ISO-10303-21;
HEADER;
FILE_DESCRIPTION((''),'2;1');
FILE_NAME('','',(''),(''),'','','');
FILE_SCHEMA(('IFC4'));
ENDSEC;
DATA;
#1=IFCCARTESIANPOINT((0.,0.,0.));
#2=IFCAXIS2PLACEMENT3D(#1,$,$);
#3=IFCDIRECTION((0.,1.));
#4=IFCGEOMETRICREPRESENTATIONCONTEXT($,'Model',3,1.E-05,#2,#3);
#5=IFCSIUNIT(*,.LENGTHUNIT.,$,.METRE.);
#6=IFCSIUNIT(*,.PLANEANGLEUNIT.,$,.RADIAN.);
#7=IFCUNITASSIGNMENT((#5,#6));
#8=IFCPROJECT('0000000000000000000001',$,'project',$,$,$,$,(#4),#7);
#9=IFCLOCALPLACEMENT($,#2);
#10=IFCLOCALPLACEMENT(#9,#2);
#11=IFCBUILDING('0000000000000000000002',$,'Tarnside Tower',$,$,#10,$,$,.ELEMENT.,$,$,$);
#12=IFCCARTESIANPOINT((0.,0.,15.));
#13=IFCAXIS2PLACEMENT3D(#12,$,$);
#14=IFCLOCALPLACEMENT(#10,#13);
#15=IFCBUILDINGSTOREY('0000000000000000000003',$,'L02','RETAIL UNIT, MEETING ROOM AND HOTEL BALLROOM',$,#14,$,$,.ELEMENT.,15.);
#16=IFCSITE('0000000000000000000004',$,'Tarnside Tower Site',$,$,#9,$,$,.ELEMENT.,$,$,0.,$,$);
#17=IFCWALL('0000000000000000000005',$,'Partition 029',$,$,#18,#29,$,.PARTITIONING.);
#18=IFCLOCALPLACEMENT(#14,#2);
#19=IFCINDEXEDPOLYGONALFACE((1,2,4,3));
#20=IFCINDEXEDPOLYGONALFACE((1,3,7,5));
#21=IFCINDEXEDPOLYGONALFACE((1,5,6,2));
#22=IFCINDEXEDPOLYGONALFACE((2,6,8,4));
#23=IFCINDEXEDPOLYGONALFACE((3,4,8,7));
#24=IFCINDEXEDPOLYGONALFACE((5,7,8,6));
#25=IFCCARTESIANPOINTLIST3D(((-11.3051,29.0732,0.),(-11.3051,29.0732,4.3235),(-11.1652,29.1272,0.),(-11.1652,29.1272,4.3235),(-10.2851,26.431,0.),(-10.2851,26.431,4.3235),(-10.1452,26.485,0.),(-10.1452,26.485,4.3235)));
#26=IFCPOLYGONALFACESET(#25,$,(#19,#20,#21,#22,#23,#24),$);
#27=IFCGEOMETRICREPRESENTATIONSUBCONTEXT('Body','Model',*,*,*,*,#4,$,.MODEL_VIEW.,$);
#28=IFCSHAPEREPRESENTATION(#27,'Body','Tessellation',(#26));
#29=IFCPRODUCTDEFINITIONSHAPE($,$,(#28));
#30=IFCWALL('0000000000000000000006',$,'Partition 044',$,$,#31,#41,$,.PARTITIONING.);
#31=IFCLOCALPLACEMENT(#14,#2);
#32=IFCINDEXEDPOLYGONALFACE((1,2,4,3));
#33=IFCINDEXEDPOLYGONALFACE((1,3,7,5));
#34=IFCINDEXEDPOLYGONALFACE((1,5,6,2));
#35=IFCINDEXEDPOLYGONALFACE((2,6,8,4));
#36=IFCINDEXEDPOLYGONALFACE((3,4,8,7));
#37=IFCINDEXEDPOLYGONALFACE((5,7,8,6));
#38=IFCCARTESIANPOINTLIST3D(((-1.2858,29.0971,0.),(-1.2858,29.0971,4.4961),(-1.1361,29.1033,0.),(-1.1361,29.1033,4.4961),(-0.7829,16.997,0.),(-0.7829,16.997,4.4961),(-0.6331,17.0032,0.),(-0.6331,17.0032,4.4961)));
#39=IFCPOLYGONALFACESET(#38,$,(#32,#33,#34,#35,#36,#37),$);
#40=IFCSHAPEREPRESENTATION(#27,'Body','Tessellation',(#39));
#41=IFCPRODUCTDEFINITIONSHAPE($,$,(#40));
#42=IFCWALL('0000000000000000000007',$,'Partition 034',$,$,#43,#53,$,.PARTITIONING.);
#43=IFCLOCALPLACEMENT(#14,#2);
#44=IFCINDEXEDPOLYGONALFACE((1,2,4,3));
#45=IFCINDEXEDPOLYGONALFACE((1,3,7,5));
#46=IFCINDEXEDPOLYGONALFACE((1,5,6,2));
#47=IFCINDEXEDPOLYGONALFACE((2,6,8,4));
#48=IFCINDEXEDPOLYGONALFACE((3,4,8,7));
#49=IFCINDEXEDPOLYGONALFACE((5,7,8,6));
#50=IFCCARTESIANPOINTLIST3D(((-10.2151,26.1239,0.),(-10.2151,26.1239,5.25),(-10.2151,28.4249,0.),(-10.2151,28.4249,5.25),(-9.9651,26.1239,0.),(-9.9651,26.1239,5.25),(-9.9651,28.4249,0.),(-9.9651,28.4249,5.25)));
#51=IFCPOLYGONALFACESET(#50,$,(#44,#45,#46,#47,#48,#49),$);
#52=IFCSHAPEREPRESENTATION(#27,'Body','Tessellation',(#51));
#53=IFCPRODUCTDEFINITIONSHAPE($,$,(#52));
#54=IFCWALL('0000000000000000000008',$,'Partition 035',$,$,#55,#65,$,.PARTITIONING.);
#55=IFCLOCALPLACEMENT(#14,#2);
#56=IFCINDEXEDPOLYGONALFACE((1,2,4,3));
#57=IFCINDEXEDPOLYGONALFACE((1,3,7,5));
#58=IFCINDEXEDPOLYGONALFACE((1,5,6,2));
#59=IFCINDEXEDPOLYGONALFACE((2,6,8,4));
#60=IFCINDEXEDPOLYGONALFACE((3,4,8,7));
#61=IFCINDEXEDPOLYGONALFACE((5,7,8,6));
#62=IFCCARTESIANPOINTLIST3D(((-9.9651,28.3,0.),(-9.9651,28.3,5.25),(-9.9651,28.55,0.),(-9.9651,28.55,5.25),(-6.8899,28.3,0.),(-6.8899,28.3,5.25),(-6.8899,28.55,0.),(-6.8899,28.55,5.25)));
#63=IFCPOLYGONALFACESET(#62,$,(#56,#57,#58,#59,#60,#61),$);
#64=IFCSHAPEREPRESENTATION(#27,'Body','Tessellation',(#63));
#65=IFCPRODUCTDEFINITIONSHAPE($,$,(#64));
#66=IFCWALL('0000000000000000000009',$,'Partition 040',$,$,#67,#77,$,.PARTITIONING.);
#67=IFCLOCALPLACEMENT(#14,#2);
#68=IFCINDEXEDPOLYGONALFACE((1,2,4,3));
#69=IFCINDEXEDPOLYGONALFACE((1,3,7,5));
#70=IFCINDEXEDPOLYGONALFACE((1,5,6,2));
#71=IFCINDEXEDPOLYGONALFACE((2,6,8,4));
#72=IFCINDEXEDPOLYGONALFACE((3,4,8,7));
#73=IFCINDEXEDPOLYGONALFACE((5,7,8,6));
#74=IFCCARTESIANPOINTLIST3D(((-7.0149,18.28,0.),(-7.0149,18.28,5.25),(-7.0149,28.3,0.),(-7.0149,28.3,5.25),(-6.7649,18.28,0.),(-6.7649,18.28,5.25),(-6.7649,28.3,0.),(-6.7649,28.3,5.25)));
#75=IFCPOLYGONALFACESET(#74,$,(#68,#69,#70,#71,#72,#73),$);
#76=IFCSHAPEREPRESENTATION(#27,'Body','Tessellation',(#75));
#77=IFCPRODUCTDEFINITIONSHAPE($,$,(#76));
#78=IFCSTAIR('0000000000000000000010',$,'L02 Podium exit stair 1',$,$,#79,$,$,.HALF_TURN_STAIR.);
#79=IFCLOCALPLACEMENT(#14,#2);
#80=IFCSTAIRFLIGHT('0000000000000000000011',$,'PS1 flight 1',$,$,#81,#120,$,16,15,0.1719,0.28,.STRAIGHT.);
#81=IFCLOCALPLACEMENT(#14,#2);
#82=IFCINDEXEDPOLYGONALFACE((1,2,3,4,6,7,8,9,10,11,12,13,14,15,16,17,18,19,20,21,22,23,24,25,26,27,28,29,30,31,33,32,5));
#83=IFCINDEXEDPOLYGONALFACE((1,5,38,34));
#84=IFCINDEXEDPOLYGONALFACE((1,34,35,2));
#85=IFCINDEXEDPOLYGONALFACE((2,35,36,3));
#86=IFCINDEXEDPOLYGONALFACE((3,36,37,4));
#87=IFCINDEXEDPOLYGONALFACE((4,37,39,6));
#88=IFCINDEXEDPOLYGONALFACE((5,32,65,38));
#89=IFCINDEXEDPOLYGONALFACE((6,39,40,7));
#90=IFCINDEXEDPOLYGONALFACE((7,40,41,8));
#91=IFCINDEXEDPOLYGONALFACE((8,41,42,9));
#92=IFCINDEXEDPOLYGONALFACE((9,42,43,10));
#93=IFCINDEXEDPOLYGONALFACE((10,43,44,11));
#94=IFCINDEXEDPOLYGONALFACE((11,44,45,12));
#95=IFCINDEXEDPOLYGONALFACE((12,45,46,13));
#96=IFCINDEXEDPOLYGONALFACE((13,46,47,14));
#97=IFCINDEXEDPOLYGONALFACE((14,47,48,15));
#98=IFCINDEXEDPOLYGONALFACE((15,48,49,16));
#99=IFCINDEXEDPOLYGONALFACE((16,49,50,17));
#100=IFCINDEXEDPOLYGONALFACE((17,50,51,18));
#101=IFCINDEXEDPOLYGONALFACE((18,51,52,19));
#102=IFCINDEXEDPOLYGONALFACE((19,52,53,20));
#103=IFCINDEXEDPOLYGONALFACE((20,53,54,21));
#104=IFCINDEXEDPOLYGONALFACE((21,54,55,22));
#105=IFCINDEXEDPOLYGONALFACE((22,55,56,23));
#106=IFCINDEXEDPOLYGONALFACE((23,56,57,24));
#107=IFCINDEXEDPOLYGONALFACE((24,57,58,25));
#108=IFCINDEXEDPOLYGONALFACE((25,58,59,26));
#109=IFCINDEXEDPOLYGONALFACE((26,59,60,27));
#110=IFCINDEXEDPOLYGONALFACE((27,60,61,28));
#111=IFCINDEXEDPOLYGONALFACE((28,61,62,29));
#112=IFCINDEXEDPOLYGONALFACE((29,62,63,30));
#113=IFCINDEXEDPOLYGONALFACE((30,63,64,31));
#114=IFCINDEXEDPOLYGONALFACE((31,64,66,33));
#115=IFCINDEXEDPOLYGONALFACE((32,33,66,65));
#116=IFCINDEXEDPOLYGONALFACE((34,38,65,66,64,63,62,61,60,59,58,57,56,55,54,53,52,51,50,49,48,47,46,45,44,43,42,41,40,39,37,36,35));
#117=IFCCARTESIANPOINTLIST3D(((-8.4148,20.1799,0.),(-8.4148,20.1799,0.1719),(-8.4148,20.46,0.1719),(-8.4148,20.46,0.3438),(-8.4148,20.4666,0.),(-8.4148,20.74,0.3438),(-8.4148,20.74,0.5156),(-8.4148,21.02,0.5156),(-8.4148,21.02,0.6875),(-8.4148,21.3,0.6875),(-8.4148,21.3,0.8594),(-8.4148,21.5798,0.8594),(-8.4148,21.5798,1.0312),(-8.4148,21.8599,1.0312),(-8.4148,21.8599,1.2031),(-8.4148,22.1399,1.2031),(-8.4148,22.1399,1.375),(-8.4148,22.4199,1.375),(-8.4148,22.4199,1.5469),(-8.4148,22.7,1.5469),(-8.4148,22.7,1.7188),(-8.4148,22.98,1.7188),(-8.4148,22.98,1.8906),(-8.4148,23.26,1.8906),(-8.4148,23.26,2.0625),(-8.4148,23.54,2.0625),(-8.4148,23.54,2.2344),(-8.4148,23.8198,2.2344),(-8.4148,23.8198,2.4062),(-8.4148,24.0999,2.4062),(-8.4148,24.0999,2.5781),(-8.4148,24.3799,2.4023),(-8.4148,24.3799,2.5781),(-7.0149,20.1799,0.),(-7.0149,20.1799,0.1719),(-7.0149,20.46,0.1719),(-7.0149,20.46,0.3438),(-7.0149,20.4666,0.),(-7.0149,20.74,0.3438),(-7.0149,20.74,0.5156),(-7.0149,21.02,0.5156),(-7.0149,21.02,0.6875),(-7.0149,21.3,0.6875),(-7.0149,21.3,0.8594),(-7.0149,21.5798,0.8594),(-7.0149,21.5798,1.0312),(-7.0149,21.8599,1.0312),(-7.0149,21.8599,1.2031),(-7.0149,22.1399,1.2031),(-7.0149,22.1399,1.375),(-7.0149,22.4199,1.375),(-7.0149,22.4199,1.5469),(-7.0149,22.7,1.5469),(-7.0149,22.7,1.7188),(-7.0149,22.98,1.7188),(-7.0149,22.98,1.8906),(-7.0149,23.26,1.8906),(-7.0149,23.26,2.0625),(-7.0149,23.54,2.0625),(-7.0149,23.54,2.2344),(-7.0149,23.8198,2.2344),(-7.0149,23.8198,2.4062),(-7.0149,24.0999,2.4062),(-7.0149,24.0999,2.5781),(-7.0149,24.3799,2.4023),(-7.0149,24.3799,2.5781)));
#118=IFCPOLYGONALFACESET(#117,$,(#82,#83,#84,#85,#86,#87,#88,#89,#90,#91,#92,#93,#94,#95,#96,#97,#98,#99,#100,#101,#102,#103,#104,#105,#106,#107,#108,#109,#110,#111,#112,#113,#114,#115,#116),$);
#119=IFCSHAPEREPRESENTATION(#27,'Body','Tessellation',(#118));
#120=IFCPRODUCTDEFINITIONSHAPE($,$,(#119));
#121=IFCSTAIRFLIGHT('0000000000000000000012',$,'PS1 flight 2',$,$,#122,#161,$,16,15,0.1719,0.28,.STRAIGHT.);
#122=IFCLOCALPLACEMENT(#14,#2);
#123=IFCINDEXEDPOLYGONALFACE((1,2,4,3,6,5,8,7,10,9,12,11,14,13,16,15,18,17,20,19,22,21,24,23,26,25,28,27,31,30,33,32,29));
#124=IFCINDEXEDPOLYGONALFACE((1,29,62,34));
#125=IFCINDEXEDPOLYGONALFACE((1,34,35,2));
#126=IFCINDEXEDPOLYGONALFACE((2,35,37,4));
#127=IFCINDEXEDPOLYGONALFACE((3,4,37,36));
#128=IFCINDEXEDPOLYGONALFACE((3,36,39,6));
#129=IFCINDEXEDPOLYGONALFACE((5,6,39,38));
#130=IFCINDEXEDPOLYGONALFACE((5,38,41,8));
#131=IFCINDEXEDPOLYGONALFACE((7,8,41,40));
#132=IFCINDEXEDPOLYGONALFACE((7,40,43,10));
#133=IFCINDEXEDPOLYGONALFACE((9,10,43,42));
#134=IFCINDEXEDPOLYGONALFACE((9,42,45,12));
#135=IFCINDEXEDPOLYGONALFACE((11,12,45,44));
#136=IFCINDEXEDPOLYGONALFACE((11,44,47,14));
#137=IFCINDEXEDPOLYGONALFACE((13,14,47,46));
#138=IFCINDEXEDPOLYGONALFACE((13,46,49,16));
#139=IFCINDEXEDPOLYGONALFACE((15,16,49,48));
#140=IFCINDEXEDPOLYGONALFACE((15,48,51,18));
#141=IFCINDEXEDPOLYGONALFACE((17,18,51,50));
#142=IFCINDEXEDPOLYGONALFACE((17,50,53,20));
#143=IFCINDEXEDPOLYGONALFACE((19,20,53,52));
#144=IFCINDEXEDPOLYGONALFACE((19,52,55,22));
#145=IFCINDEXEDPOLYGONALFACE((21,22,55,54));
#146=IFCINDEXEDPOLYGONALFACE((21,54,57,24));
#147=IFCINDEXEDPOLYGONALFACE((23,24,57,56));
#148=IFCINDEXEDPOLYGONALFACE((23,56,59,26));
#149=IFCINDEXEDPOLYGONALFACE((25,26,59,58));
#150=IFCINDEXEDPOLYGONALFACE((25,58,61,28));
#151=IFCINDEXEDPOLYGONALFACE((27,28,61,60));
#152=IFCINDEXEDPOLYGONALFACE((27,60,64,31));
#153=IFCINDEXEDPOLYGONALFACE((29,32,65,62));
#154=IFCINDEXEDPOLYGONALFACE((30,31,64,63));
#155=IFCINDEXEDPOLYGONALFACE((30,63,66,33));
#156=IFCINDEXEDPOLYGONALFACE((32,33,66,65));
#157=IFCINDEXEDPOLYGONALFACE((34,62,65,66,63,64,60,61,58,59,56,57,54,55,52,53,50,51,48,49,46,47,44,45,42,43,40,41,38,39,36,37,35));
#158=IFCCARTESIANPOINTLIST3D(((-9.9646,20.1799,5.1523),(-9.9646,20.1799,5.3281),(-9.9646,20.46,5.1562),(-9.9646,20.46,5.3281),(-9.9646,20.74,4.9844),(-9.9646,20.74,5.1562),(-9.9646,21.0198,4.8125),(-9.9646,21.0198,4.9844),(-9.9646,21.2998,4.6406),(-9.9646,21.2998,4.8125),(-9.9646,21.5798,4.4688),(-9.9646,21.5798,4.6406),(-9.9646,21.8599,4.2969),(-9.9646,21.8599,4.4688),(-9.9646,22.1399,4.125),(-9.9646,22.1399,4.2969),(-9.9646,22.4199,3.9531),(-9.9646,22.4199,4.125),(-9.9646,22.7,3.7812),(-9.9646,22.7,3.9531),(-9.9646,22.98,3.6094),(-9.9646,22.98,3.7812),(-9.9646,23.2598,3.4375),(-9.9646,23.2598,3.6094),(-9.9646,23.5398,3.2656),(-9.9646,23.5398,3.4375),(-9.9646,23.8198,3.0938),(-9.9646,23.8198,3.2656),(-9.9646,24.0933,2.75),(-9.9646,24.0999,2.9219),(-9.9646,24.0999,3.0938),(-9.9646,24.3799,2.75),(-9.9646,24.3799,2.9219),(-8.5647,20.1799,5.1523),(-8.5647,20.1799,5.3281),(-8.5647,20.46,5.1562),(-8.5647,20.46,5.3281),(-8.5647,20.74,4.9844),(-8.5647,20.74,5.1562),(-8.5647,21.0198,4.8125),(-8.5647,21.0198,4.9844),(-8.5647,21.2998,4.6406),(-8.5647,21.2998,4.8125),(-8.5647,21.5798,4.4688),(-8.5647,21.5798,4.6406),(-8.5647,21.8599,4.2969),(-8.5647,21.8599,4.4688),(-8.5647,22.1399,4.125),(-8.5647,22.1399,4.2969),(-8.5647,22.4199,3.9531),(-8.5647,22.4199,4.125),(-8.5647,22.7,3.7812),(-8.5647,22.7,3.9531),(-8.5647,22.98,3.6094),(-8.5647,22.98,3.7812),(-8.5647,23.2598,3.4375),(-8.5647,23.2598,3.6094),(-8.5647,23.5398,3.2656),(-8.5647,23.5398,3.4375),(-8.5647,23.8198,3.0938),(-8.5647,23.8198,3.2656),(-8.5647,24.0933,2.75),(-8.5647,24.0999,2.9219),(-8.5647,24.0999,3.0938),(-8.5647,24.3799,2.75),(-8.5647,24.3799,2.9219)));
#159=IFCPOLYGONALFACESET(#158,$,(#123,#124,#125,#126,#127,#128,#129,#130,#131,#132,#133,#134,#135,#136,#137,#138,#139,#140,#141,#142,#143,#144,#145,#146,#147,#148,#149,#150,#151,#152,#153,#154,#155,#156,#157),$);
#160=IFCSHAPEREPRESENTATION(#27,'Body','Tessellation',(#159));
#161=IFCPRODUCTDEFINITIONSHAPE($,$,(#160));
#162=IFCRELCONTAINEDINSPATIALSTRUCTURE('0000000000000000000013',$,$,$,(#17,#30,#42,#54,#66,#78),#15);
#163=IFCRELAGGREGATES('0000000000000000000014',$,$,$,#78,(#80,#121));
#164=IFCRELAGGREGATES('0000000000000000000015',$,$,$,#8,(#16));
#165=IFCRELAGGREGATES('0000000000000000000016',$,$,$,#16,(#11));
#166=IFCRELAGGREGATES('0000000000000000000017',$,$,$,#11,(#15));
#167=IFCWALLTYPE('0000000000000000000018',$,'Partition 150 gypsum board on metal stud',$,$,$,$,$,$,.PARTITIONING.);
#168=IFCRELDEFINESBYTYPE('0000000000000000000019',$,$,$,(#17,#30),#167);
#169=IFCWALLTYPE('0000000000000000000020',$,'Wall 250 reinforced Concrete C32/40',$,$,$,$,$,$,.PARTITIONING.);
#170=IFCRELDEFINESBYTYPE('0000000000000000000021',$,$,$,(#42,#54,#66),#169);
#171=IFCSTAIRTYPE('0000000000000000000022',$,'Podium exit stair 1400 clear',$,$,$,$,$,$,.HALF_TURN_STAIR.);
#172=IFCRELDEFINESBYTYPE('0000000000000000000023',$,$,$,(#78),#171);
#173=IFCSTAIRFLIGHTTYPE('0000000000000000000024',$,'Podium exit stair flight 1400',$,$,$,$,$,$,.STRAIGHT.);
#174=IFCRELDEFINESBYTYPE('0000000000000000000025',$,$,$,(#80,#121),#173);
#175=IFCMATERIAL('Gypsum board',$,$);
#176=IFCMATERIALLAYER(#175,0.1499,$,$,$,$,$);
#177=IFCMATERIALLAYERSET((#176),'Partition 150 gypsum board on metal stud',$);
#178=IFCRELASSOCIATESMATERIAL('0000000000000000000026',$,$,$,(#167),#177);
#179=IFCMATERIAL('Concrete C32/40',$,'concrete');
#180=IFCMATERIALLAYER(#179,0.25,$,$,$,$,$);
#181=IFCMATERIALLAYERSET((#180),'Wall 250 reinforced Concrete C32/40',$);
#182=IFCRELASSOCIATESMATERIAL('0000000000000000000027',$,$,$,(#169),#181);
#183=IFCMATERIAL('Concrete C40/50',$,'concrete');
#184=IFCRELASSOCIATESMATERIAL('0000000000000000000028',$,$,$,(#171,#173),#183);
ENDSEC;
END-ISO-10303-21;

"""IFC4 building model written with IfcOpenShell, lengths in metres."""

from ifc_helpers import new_model, si_unit, direction, frame, frame_2d, origin, place, context, subcontext, project, spatial, polyline, rectangle, outline, extrude, material, layer, layer_set, type_object, element, aggregate, save


model = new_model("IFC4")

# Units and contexts
model_context = context("Model", 3, precision=1e-05, world=origin(), true_north=direction((0.0, 1.0)))
body_context = subcontext(model_context, "Body", "Model", "MODEL_VIEW")
ifc_project = project(units=[si_unit("LENGTHUNIT", "METRE"), si_unit("PLANEANGLEUNIT", "RADIAN")], contexts=[model_context])

# Site, building, storey
site_placement = place(None, origin())
site = spatial("IfcSite", under=ifc_project, at=site_placement, Name="Tarnside Tower Site", CompositionType="ELEMENT", RefElevation=0.0)
building_placement = place(site_placement, origin())
building = spatial("IfcBuilding", under=site, at=building_placement, Name="Tarnside Tower", CompositionType="ELEMENT")
storey_placement = place(building_placement, frame((0.0, 0.0, 15.0)))
storey = spatial("IfcBuildingStorey", under=building, at=storey_placement, Name="L02", Description="RETAIL UNIT, MEETING ROOM AND HOTEL BALLROOM", CompositionType="ELEMENT", Elevation=15.0)

# Walls
ifc_material_1 = material(Name="Gypsum board")
ifc_layer_1 = layer(ifc_material_1, 0.1499)
ifc_layer_set_1 = layer_set([ifc_layer_1], Name="Partition 150 gypsum board on metal stud")
wall_type_1 = type_object("IfcWallType", Name="Partition 150 gypsum board on metal stud", PredefinedType="PARTITIONING", material=ifc_layer_set_1)
wall_1_placement = place(storey_placement, frame((-11.2351, 29.1001, 0.0), z_axis=(0.0, 0.0, 1.0), x_axis=(0.360128, -0.932903, 0.0)))
element("IfcWall", 1, at=wall_1_placement, inside=storey, type_object=wall_type_1, Name="Partition 029", PredefinedType="PARTITIONING", context=body_context, shape_type="SweptSolid", body=[
    extrude(rectangle(XDim=2.8323, YDim=0.1499, at=frame_2d((1.416, 0.0))), origin(), (0.0, 0.0, 1.0), 4.3235),
])
wall_2_placement = place(storey_placement, frame((-1.2109, 29.1001, 0.0), z_axis=(0.0, 0.0, 1.0), x_axis=(0.041528, -0.999137, 0.0)))
element("IfcWall", 2, at=wall_2_placement, inside=storey, type_object=wall_type_1, Name="Partition 044", PredefinedType="PARTITIONING", context=body_context, shape_type="SweptSolid", body=[
    extrude(rectangle(XDim=12.1106, YDim=0.1499, at=frame_2d((6.0552, 0.0))), origin(), (0.0, 0.0, 1.0), 4.4961),
])
ifc_material_2 = material(Name="Concrete C32/40", Category="concrete")
ifc_layer_2 = layer(ifc_material_2, 0.25)
ifc_layer_set_2 = layer_set([ifc_layer_2], Name="Wall 250 reinforced Concrete C32/40")
wall_type_2 = type_object("IfcWallType", Name="Wall 250 reinforced Concrete C32/40", PredefinedType="PARTITIONING", material=ifc_layer_set_2)
wall_3_placement = place(storey_placement, frame((-10.0901, 26.124, 0.0), z_axis=(0.0, 0.0, 1.0), x_axis=(0.0, 1.0, 0.0)))
element("IfcWall", 3, at=wall_3_placement, inside=storey, type_object=wall_type_2, Name="Partition 034", PredefinedType="PARTITIONING", context=body_context, shape_type="SweptSolid", body=[
    extrude(rectangle(XDim=2.301, YDim=0.25, at=frame_2d((1.1504, 0.0))), origin(), (0.0, 0.0, 1.0), 5.25),
])
wall_4_placement = place(storey_placement, frame((-9.9651, 28.425, 0.0), z_axis=(0.0, 0.0, 1.0), x_axis=(1.0, 0.0, 0.0)))
element("IfcWall", 4, at=wall_4_placement, inside=storey, type_object=wall_type_2, Name="Partition 035", PredefinedType="PARTITIONING", context=body_context, shape_type="SweptSolid", body=[
    extrude(rectangle(XDim=3.0752, YDim=0.25, at=frame_2d((1.5376, 0.0))), origin(), (0.0, 0.0, 1.0), 5.25),
])
wall_5_placement = place(storey_placement, frame((-6.8899, 28.3, 0.0), z_axis=(0.0, 0.0, 1.0), x_axis=(0.0, -1.0, 0.0)))
element("IfcWall", 5, at=wall_5_placement, inside=storey, type_object=wall_type_2, Name="Partition 040", PredefinedType="PARTITIONING", context=body_context, shape_type="SweptSolid", body=[
    extrude(rectangle(XDim=10.02, YDim=0.25, at=frame_2d((5.01, 0.0))), origin(), (0.0, 0.0, 1.0), 5.25),
])

# Stair, stair flights
ifc_material_3 = material(Name="Concrete C40/50", Category="concrete")
stair_type = type_object("IfcStairType", Name="Podium exit stair 1400 clear", PredefinedType="HALF_TURN_STAIR", material=ifc_material_3)
stair_placement = place(storey_placement, origin())
stair = element("IfcStair", 6, at=stair_placement, inside=storey, type_object=stair_type, Name="L02 Podium exit stair 1", PredefinedType="HALF_TURN_STAIR")
stair_flight_type = type_object("IfcStairFlightType", Name="Podium exit stair flight 1400", PredefinedType="STRAIGHT", material=ifc_material_3)
stair_flight_1_placement = place(storey_placement, frame((-7.7148, 20.1799, 0.0), z_axis=(0.0, 0.0, 1.0), x_axis=(0.0, 1.0, 0.0)))
stair_flight_1 = element("IfcStairFlight", 7, at=stair_flight_1_placement, type_object=stair_flight_type, Name="PS1 flight 1", NumberOfRisers=16, NumberOfTreads=15, PredefinedType="STRAIGHT", RiserHeight=0.1719, TreadLength=0.28, context=body_context, shape_type="SweptSolid", body=[
    extrude(outline(polyline([(0.0, 0.0), (0.0, 0.1719), (0.28, 0.1719), (0.28, 0.3438), (0.5601, 0.3438), (0.5601, 0.5156), (0.8401, 0.5156), (0.8401, 0.6875), (1.1201, 0.6875), (1.1201, 0.8594), (1.3999, 0.8594), (1.3999, 1.0312), (1.6799, 1.0312), (1.6799, 1.2031), (1.96, 1.2031), (1.96, 1.375), (2.24, 1.375), (2.24, 1.5469), (2.52, 1.5469), (2.52, 1.7188), (2.8, 1.7188), (2.8, 1.8906), (3.0801, 1.8906), (3.0801, 2.0625), (3.3601, 2.0625), (3.3601, 2.2344), (3.6399, 2.2344), (3.6399, 2.4062), (3.9199, 2.4062), (3.9199, 2.5781), (4.2, 2.5781), (4.2, 2.75), (4.2, 2.4023), (0.2866, 0.0), (0.0, 0.0)])), frame((0.0, 0.7, 0.0), z_axis=(0.0, -1.0, 0.0), x_axis=(1.0, 0.0, 0.0)), (0.0, 0.0, 1.0), 1.3999),
])
stair_flight_2_placement = place(storey_placement, frame((-9.2646, 24.3799, 2.75), z_axis=(0.0, 0.0, 1.0), x_axis=(0.0, -1.0, 0.0)))
stair_flight_2 = element("IfcStairFlight", 8, at=stair_flight_2_placement, type_object=stair_flight_type, Name="PS1 flight 2", NumberOfRisers=16, NumberOfTreads=15, PredefinedType="STRAIGHT", RiserHeight=0.1719, TreadLength=0.28, context=body_context, shape_type="SweptSolid", body=[
    extrude(outline(polyline([(0.0, 0.0), (0.0, 0.1719), (0.28, 0.1719), (0.28, 0.3438), (0.5601, 0.3438), (0.5601, 0.5156), (0.8401, 0.5156), (0.8401, 0.6875), (1.1201, 0.6875), (1.1201, 0.8594), (1.3999, 0.8594), (1.3999, 1.0312), (1.6799, 1.0312), (1.6799, 1.2031), (1.96, 1.2031), (1.96, 1.375), (2.24, 1.375), (2.24, 1.5469), (2.52, 1.5469), (2.52, 1.7188), (2.8, 1.7188), (2.8, 1.8906), (3.0801, 1.8906), (3.0801, 2.0625), (3.3601, 2.0625), (3.3601, 2.2344), (3.6399, 2.2344), (3.6399, 2.4062), (3.9199, 2.4062), (3.9199, 2.5781), (4.2, 2.5781), (4.2, 2.75), (4.2, 2.4023), (0.2866, 0.0), (0.0, 0.0)])), frame((0.0, 0.7, 0.0), z_axis=(0.0, -1.0, 0.0), x_axis=(1.0, 0.0, 0.0)), (0.0, 0.0, 1.0), 1.3999),
])
aggregate(stair, [stair_flight_1, stair_flight_2])

save(model, "model.ifc")
